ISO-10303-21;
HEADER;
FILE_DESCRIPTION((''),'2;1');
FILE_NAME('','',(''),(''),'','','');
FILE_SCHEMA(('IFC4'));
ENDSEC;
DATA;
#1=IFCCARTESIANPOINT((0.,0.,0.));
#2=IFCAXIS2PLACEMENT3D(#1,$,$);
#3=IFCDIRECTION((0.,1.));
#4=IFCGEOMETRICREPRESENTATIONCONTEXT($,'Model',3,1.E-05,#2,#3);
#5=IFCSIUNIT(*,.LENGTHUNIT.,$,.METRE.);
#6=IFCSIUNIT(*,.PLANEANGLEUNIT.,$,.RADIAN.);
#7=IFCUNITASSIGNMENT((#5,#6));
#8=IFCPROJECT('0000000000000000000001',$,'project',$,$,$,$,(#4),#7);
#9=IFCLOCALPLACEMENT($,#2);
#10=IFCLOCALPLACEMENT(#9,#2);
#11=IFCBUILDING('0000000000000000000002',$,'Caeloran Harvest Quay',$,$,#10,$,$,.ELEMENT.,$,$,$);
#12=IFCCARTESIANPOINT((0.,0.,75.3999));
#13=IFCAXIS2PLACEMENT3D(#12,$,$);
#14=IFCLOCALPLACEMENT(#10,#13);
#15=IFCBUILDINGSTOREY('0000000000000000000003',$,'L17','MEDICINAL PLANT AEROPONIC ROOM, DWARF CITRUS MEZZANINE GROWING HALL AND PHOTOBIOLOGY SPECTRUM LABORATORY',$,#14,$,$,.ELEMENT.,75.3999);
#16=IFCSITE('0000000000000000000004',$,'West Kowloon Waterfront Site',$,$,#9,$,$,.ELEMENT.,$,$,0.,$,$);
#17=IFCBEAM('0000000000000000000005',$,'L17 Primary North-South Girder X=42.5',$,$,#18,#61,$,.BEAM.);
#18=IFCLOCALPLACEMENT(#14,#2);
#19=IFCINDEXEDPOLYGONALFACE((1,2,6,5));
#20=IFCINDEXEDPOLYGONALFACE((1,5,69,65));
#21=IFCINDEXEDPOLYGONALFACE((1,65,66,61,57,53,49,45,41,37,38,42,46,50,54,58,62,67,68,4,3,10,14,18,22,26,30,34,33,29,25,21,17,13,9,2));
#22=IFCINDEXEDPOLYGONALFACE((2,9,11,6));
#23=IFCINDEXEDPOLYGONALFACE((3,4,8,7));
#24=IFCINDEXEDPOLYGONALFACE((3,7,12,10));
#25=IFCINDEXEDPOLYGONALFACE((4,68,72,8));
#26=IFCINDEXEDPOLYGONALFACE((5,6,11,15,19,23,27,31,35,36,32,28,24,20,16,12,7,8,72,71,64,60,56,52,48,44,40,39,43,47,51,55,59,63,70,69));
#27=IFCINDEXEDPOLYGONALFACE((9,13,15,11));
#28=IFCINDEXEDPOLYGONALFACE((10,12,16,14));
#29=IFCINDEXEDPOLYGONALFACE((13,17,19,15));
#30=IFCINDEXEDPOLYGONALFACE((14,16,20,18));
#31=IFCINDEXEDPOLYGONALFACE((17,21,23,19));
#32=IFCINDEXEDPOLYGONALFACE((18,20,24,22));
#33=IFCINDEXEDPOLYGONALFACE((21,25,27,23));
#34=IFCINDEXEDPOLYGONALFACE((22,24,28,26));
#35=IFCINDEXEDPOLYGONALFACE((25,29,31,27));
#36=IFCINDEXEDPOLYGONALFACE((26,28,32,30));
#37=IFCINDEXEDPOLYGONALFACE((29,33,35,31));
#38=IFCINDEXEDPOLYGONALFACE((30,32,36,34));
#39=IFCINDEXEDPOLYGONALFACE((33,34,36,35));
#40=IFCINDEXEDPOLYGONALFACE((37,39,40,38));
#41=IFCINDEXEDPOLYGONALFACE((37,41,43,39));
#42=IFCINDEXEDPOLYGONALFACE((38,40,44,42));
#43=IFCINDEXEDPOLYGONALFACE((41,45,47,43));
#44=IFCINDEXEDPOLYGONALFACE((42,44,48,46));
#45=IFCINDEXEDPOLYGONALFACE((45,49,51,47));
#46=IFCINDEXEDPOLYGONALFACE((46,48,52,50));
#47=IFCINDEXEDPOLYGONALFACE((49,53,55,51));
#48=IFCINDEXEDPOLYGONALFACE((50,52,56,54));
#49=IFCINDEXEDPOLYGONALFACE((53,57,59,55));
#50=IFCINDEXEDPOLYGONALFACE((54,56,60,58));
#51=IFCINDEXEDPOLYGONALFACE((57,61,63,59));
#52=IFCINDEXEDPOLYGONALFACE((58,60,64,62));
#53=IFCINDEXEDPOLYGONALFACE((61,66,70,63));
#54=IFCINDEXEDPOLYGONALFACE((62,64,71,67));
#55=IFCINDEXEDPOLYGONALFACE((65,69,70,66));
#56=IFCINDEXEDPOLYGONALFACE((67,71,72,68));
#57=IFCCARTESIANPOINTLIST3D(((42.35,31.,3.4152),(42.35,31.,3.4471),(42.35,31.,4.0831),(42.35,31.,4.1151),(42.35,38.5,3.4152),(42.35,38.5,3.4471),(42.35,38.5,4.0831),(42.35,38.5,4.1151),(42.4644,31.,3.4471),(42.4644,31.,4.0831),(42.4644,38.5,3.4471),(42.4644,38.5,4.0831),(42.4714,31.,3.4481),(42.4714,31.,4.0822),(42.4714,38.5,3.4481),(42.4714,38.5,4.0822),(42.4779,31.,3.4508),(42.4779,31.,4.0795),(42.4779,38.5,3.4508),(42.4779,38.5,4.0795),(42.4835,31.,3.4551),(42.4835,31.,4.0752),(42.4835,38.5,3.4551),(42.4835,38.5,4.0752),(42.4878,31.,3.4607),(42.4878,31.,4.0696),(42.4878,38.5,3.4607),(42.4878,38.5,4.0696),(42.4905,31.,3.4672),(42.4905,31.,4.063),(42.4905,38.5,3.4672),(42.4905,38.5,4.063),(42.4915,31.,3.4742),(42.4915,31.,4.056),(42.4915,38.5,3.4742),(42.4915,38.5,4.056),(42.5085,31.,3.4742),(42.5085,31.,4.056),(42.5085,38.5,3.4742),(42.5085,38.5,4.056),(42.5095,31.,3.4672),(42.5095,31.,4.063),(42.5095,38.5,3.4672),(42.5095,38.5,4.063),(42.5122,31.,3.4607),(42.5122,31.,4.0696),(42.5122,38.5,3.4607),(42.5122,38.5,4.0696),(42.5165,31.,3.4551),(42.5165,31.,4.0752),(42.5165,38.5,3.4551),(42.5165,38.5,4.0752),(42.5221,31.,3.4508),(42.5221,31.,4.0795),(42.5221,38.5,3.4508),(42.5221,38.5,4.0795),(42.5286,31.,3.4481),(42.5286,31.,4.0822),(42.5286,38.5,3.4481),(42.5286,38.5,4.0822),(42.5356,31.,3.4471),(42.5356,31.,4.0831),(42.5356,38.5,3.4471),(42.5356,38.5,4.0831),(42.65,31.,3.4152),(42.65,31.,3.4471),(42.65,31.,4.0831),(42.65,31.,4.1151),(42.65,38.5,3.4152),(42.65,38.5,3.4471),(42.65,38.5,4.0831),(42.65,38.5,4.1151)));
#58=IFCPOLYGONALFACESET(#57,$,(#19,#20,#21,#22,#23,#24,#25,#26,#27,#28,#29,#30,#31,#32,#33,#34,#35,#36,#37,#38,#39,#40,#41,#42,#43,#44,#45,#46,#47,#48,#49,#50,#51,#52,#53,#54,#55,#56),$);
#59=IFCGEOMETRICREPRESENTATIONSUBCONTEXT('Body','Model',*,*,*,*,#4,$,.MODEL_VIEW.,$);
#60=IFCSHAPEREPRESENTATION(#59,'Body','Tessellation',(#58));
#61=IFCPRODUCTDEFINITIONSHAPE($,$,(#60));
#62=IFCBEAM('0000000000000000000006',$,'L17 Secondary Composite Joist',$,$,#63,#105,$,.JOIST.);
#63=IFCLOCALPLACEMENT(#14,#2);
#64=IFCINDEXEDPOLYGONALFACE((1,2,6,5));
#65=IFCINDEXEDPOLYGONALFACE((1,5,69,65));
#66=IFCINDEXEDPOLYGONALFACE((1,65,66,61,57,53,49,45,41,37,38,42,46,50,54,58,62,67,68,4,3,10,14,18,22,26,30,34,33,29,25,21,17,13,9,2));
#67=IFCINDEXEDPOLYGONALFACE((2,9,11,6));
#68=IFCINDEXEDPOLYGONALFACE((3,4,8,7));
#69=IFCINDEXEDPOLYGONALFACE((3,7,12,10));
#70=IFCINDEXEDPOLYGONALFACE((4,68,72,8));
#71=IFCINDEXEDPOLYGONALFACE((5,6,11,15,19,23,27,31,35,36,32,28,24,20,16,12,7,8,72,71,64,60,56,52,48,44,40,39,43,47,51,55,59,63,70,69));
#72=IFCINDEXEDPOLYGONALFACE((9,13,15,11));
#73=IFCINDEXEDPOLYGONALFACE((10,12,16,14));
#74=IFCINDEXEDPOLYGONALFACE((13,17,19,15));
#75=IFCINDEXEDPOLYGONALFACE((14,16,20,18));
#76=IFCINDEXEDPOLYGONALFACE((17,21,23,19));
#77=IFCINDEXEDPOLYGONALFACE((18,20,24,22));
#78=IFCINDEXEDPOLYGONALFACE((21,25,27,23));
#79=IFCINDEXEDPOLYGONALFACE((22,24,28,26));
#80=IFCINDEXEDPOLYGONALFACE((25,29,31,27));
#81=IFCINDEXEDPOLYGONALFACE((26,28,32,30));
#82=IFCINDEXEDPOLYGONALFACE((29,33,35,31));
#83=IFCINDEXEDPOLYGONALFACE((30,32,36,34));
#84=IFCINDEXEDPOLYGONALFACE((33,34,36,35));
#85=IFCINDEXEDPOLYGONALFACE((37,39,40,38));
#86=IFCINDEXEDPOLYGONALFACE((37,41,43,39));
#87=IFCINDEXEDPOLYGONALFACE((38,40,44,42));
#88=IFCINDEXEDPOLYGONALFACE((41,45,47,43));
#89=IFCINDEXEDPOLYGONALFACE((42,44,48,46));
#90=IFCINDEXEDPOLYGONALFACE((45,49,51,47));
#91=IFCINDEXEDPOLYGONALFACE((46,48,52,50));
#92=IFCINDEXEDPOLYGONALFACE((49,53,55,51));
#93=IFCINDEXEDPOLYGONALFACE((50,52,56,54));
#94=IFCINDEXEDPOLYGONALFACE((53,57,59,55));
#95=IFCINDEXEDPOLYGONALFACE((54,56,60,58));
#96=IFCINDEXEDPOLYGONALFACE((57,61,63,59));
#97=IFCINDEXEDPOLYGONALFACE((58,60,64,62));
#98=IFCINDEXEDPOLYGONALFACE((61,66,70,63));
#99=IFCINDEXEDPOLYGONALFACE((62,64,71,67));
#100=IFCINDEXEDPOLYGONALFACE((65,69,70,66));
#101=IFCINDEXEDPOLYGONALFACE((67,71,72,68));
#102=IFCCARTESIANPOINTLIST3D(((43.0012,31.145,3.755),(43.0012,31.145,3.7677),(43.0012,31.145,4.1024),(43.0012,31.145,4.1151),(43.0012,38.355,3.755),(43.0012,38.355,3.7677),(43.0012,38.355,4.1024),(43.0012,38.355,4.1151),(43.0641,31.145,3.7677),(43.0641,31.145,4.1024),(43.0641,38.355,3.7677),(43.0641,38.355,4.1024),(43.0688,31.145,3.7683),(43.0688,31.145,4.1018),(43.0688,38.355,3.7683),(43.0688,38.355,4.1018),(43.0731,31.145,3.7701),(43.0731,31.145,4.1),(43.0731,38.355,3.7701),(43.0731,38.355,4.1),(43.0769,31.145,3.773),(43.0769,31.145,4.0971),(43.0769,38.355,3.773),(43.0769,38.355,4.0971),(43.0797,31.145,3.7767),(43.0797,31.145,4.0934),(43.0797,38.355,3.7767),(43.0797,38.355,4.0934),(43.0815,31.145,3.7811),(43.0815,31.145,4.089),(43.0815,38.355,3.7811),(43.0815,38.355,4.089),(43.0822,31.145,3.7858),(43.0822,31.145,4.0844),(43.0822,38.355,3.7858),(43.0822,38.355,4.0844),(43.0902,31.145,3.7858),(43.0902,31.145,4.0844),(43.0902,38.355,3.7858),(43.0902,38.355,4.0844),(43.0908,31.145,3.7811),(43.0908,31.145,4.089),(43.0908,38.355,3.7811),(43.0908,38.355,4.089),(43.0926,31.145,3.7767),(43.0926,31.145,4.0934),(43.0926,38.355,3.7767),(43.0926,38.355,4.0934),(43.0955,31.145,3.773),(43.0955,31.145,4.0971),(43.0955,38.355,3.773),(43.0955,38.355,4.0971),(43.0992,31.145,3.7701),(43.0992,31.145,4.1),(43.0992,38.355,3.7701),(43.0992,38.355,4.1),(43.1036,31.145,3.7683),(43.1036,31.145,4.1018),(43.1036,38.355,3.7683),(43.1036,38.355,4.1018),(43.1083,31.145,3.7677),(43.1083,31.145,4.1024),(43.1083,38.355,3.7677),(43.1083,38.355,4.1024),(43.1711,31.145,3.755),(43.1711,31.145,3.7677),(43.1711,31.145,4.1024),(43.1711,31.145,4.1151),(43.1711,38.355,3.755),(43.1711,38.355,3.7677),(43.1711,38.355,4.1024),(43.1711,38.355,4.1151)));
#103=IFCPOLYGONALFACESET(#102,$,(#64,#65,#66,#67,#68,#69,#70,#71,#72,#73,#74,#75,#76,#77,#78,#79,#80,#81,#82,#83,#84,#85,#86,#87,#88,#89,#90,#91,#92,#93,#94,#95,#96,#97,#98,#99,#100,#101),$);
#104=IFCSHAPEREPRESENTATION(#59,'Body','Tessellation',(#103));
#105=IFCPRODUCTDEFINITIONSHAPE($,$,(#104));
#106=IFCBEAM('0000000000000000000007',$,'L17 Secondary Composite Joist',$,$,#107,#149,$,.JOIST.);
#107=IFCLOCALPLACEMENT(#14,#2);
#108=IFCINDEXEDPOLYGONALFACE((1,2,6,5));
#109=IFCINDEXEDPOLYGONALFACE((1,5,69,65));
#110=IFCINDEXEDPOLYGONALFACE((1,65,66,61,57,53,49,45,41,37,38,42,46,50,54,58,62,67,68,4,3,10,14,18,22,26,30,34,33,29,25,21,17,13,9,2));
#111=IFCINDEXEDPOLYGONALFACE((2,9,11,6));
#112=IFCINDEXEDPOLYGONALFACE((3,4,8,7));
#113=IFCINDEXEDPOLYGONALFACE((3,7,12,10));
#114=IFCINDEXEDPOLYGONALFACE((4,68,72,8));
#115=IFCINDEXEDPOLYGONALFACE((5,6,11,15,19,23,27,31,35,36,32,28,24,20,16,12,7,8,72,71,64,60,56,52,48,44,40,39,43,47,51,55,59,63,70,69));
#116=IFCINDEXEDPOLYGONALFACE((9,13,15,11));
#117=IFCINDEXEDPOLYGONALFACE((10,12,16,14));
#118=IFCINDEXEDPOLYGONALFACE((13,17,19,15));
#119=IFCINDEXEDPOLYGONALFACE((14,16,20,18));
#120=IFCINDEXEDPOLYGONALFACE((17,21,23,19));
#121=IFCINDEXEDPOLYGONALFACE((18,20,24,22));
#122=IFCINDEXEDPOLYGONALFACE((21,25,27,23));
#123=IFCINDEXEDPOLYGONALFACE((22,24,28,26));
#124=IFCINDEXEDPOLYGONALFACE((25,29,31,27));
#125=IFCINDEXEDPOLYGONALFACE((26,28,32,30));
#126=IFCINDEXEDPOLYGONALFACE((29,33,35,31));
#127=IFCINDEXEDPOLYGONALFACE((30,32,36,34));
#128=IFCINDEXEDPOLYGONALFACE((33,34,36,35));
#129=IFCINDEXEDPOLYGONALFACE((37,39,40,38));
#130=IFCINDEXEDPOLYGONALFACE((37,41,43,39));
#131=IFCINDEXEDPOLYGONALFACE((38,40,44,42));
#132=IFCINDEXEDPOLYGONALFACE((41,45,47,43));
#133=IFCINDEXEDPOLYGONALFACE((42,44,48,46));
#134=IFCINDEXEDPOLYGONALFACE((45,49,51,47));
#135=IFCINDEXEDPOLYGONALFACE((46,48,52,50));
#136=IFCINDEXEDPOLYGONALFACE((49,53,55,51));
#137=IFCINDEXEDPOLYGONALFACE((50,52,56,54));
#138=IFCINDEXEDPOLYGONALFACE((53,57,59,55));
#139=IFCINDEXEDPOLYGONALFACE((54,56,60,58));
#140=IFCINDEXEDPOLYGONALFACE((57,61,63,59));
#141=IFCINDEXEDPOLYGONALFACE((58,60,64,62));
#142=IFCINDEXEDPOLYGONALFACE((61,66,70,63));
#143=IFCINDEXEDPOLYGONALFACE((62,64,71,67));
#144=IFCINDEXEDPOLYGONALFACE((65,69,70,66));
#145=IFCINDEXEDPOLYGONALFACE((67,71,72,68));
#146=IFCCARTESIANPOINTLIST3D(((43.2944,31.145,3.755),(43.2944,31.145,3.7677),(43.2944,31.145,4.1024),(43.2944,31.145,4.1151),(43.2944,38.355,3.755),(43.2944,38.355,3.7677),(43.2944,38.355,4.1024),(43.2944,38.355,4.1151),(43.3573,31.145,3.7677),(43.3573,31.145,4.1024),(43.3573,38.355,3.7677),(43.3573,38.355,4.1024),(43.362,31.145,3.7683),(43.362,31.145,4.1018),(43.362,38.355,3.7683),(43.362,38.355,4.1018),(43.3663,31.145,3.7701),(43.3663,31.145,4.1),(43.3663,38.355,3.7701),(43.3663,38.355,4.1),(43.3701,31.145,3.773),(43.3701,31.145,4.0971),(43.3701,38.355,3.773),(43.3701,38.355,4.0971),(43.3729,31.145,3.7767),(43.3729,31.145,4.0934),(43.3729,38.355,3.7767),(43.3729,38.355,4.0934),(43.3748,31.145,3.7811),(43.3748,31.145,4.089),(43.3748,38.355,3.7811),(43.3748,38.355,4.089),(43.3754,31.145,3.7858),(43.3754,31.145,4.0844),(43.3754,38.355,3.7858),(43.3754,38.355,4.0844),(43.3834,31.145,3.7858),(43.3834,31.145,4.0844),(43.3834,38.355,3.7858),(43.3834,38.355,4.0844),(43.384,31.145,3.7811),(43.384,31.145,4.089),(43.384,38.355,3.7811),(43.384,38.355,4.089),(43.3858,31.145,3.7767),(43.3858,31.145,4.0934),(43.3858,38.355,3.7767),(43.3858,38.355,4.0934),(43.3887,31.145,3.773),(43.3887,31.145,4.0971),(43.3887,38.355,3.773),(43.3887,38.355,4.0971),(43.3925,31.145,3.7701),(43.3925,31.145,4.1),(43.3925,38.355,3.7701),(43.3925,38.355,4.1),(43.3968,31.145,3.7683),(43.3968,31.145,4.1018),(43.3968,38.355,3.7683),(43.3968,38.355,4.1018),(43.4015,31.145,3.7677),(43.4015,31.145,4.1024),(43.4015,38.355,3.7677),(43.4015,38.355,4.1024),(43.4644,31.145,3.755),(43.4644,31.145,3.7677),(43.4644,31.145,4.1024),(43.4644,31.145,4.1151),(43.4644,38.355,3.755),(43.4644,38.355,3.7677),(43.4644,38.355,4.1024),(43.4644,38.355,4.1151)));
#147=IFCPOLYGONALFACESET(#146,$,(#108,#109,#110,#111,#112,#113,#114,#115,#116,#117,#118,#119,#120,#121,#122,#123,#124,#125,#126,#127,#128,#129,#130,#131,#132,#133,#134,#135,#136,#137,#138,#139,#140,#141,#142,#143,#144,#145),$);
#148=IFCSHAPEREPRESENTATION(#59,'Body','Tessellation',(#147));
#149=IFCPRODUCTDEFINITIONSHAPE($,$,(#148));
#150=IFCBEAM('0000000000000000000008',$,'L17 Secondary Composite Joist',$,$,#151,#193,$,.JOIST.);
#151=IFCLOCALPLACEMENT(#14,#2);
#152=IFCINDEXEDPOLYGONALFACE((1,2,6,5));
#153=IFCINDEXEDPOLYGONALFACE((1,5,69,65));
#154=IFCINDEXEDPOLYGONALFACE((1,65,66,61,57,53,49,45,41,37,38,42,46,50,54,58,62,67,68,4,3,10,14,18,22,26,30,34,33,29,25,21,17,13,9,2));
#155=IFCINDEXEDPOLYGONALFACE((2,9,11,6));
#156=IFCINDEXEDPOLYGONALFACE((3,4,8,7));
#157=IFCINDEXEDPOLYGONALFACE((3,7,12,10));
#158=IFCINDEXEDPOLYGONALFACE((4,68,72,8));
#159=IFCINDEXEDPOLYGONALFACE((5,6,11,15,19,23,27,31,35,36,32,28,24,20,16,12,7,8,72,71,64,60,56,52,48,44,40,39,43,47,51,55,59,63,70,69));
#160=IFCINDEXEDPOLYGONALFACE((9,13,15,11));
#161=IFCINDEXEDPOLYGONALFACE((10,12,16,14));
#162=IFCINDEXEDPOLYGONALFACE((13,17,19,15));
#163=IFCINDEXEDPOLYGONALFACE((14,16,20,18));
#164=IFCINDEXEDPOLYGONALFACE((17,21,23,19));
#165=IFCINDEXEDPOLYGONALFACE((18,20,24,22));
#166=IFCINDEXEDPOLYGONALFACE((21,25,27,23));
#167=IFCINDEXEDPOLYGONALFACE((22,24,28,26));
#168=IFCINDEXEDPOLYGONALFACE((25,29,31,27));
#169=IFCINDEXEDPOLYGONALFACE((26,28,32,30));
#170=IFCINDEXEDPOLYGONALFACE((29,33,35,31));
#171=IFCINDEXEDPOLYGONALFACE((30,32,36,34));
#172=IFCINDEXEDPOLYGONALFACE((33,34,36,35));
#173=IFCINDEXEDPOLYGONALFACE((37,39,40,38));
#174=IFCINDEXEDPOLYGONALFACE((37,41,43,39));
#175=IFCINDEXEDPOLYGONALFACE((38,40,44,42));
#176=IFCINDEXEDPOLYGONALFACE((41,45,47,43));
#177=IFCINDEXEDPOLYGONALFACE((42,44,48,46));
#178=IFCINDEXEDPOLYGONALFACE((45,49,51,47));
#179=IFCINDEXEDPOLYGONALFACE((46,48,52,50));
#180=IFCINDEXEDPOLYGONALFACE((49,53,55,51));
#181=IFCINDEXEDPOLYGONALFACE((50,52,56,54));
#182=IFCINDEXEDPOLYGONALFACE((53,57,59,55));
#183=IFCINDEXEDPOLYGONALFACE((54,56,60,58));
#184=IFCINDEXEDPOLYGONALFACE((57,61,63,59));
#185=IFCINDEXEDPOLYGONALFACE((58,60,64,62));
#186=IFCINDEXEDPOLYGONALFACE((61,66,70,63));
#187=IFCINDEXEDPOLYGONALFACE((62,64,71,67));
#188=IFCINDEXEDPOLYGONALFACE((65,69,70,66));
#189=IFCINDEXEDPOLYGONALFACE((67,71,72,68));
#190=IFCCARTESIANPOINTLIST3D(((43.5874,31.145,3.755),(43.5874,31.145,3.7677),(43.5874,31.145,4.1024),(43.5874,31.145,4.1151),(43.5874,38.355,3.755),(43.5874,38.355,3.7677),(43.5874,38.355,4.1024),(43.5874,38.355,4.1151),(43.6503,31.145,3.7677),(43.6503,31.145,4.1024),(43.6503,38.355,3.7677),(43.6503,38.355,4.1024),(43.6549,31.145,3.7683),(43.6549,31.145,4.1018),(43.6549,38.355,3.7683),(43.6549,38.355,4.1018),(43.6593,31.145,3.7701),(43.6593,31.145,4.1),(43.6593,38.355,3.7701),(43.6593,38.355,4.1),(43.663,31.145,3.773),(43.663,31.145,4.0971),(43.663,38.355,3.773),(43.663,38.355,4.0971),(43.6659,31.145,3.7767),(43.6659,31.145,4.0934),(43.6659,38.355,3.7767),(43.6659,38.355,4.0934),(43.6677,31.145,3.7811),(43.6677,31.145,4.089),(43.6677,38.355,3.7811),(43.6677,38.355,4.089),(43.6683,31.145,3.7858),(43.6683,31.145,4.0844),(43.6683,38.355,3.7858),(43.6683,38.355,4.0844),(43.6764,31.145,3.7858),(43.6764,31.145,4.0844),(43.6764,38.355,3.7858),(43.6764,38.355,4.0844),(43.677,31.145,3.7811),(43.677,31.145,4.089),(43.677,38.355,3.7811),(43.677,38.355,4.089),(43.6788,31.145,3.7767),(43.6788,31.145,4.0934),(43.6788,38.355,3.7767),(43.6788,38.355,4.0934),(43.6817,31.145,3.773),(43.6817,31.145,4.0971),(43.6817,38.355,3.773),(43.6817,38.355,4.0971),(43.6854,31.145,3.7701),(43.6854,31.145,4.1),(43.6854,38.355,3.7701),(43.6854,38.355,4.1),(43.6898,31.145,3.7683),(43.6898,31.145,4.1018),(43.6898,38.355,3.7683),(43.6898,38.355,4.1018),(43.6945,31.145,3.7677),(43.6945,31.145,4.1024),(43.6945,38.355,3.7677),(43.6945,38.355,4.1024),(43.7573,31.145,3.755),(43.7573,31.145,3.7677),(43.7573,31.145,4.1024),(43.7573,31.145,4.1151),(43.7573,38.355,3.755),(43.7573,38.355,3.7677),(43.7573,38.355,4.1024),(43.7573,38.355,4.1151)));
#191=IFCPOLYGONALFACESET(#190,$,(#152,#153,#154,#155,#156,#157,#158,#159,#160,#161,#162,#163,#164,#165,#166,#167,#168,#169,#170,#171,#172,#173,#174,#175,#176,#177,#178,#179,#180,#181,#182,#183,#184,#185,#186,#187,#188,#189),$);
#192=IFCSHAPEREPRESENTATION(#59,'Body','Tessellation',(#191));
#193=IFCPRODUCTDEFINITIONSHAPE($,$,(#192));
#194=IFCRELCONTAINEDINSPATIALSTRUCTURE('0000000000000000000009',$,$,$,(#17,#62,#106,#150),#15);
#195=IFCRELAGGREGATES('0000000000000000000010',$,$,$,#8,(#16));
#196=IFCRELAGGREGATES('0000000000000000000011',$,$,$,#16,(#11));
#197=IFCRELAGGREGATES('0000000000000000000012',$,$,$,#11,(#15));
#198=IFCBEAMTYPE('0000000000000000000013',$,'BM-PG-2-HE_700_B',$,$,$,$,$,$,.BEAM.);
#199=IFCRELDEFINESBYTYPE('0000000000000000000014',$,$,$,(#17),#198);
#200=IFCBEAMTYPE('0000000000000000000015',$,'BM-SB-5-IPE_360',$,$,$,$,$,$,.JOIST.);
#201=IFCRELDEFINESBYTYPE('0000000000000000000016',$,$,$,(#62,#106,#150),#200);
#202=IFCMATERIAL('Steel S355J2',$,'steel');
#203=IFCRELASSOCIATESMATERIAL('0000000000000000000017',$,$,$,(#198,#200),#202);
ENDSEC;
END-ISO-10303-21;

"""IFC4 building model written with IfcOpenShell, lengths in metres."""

from ifc_helpers import new_model, si_unit, direction, frame, origin, origin_2d, place, context, subcontext, project, spatial, i_section, extrude, material, material_profile, profile_set, type_object, element, save


model = new_model("IFC4")

# Units and contexts
model_context = context("Model", 3, precision=1e-05, world=origin(), true_north=direction((0.0, 1.0)))
body_context = subcontext(model_context, "Body", "Model", "MODEL_VIEW")
ifc_project = project(units=[si_unit("LENGTHUNIT", "METRE"), si_unit("PLANEANGLEUNIT", "RADIAN")], contexts=[model_context])

# Site, building, storey
site_placement = place(None, origin())
site = spatial("IfcSite", under=ifc_project, at=site_placement, Name="West Kowloon Waterfront Site", CompositionType="ELEMENT", RefElevation=0.0)
building_placement = place(site_placement, origin())
building = spatial("IfcBuilding", under=site, at=building_placement, Name="Caeloran Harvest Quay", CompositionType="ELEMENT")
storey_placement = place(building_placement, frame((0.0, 0.0, 75.3999)))
storey = spatial("IfcBuildingStorey", under=building, at=storey_placement, Name="L17", Description="MEDICINAL PLANT AEROPONIC ROOM, DWARF CITRUS MEZZANINE GROWING HALL AND PHOTOBIOLOGY SPECTRUM LABORATORY", CompositionType="ELEMENT", Elevation=75.3999)

# Beams
ifc_material_1 = material(Name="Steel S355J2", Category="steel")
ifc_material_profile_1 = material_profile(ifc_material_1, i_section(OverallWidth=0.3, OverallDepth=0.7, WebThickness=0.0171, FlangeThickness=0.032, FilletRadius=0.0271, at=origin_2d()), Name="HE 700 B")
ifc_profile_set_1 = profile_set([ifc_material_profile_1], Name="Steel S355J2")
beam_type_1 = type_object("IfcBeamType", Name="BM-PG-2-HE_700_B", PredefinedType="BEAM", material=ifc_profile_set_1)
beam_placement = place(storey_placement, frame((42.5, 31.0, 3.7651), z_axis=(0.0, 1.0, 0.0), x_axis=(-1.0, 0.0, 0.0)))
element("IfcBeam", 1, at=beam_placement, inside=storey, type_object=beam_type_1, Name="L17 Primary North-South Girder X=42.5", PredefinedType="BEAM", context=body_context, shape_type="SweptSolid", body=[
    extrude(i_section(OverallWidth=0.3, OverallDepth=0.7, WebThickness=0.0171, FlangeThickness=0.032, FilletRadius=0.0271, at=origin_2d()), origin(), (0.0, 0.0, 1.0), 7.5),
])
ifc_material_profile_2 = material_profile(ifc_material_1, i_section(OverallWidth=0.1699, OverallDepth=0.3601, WebThickness=0.0081, FlangeThickness=0.0127, FilletRadius=0.0181, at=origin_2d()), Name="IPE 360")
ifc_profile_set_2 = profile_set([ifc_material_profile_2], Name="Steel S355J2")
beam_type_2 = type_object("IfcBeamType", Name="BM-SB-5-IPE_360", PredefinedType="JOIST", material=ifc_profile_set_2)
for number, where, z_axis, x_axis, name in (
    (2, (43.0862, 31.145, 3.9351), (0.0, 1.0, 0.0), (-1.0, 0.0, 0.0), "L17 Secondary Composite Joist"),
    (3, (43.3794, 31.145, 3.9351), (0.0, 1.0, 0.0), (-1.0, 0.0, 0.0), "L17 Secondary Composite Joist"),
    (4, (43.6724, 31.145, 3.9351), (0.0, 1.0, 0.0), (-1.0, 0.0, 0.0), "L17 Secondary Composite Joist"),
):
    element("IfcBeam", number, at=place(storey_placement, frame(where, z_axis=z_axis, x_axis=x_axis)), inside=storey, type_object=beam_type_2, Name=name, PredefinedType="JOIST", context=body_context, shape_type="SweptSolid", body=[
        extrude(i_section(OverallWidth=0.1699, OverallDepth=0.3601, WebThickness=0.0081, FlangeThickness=0.0127, FilletRadius=0.0181, at=origin_2d()), origin(), (0.0, 0.0, 1.0), 7.21),
    ])

save(model, "model.ifc")
